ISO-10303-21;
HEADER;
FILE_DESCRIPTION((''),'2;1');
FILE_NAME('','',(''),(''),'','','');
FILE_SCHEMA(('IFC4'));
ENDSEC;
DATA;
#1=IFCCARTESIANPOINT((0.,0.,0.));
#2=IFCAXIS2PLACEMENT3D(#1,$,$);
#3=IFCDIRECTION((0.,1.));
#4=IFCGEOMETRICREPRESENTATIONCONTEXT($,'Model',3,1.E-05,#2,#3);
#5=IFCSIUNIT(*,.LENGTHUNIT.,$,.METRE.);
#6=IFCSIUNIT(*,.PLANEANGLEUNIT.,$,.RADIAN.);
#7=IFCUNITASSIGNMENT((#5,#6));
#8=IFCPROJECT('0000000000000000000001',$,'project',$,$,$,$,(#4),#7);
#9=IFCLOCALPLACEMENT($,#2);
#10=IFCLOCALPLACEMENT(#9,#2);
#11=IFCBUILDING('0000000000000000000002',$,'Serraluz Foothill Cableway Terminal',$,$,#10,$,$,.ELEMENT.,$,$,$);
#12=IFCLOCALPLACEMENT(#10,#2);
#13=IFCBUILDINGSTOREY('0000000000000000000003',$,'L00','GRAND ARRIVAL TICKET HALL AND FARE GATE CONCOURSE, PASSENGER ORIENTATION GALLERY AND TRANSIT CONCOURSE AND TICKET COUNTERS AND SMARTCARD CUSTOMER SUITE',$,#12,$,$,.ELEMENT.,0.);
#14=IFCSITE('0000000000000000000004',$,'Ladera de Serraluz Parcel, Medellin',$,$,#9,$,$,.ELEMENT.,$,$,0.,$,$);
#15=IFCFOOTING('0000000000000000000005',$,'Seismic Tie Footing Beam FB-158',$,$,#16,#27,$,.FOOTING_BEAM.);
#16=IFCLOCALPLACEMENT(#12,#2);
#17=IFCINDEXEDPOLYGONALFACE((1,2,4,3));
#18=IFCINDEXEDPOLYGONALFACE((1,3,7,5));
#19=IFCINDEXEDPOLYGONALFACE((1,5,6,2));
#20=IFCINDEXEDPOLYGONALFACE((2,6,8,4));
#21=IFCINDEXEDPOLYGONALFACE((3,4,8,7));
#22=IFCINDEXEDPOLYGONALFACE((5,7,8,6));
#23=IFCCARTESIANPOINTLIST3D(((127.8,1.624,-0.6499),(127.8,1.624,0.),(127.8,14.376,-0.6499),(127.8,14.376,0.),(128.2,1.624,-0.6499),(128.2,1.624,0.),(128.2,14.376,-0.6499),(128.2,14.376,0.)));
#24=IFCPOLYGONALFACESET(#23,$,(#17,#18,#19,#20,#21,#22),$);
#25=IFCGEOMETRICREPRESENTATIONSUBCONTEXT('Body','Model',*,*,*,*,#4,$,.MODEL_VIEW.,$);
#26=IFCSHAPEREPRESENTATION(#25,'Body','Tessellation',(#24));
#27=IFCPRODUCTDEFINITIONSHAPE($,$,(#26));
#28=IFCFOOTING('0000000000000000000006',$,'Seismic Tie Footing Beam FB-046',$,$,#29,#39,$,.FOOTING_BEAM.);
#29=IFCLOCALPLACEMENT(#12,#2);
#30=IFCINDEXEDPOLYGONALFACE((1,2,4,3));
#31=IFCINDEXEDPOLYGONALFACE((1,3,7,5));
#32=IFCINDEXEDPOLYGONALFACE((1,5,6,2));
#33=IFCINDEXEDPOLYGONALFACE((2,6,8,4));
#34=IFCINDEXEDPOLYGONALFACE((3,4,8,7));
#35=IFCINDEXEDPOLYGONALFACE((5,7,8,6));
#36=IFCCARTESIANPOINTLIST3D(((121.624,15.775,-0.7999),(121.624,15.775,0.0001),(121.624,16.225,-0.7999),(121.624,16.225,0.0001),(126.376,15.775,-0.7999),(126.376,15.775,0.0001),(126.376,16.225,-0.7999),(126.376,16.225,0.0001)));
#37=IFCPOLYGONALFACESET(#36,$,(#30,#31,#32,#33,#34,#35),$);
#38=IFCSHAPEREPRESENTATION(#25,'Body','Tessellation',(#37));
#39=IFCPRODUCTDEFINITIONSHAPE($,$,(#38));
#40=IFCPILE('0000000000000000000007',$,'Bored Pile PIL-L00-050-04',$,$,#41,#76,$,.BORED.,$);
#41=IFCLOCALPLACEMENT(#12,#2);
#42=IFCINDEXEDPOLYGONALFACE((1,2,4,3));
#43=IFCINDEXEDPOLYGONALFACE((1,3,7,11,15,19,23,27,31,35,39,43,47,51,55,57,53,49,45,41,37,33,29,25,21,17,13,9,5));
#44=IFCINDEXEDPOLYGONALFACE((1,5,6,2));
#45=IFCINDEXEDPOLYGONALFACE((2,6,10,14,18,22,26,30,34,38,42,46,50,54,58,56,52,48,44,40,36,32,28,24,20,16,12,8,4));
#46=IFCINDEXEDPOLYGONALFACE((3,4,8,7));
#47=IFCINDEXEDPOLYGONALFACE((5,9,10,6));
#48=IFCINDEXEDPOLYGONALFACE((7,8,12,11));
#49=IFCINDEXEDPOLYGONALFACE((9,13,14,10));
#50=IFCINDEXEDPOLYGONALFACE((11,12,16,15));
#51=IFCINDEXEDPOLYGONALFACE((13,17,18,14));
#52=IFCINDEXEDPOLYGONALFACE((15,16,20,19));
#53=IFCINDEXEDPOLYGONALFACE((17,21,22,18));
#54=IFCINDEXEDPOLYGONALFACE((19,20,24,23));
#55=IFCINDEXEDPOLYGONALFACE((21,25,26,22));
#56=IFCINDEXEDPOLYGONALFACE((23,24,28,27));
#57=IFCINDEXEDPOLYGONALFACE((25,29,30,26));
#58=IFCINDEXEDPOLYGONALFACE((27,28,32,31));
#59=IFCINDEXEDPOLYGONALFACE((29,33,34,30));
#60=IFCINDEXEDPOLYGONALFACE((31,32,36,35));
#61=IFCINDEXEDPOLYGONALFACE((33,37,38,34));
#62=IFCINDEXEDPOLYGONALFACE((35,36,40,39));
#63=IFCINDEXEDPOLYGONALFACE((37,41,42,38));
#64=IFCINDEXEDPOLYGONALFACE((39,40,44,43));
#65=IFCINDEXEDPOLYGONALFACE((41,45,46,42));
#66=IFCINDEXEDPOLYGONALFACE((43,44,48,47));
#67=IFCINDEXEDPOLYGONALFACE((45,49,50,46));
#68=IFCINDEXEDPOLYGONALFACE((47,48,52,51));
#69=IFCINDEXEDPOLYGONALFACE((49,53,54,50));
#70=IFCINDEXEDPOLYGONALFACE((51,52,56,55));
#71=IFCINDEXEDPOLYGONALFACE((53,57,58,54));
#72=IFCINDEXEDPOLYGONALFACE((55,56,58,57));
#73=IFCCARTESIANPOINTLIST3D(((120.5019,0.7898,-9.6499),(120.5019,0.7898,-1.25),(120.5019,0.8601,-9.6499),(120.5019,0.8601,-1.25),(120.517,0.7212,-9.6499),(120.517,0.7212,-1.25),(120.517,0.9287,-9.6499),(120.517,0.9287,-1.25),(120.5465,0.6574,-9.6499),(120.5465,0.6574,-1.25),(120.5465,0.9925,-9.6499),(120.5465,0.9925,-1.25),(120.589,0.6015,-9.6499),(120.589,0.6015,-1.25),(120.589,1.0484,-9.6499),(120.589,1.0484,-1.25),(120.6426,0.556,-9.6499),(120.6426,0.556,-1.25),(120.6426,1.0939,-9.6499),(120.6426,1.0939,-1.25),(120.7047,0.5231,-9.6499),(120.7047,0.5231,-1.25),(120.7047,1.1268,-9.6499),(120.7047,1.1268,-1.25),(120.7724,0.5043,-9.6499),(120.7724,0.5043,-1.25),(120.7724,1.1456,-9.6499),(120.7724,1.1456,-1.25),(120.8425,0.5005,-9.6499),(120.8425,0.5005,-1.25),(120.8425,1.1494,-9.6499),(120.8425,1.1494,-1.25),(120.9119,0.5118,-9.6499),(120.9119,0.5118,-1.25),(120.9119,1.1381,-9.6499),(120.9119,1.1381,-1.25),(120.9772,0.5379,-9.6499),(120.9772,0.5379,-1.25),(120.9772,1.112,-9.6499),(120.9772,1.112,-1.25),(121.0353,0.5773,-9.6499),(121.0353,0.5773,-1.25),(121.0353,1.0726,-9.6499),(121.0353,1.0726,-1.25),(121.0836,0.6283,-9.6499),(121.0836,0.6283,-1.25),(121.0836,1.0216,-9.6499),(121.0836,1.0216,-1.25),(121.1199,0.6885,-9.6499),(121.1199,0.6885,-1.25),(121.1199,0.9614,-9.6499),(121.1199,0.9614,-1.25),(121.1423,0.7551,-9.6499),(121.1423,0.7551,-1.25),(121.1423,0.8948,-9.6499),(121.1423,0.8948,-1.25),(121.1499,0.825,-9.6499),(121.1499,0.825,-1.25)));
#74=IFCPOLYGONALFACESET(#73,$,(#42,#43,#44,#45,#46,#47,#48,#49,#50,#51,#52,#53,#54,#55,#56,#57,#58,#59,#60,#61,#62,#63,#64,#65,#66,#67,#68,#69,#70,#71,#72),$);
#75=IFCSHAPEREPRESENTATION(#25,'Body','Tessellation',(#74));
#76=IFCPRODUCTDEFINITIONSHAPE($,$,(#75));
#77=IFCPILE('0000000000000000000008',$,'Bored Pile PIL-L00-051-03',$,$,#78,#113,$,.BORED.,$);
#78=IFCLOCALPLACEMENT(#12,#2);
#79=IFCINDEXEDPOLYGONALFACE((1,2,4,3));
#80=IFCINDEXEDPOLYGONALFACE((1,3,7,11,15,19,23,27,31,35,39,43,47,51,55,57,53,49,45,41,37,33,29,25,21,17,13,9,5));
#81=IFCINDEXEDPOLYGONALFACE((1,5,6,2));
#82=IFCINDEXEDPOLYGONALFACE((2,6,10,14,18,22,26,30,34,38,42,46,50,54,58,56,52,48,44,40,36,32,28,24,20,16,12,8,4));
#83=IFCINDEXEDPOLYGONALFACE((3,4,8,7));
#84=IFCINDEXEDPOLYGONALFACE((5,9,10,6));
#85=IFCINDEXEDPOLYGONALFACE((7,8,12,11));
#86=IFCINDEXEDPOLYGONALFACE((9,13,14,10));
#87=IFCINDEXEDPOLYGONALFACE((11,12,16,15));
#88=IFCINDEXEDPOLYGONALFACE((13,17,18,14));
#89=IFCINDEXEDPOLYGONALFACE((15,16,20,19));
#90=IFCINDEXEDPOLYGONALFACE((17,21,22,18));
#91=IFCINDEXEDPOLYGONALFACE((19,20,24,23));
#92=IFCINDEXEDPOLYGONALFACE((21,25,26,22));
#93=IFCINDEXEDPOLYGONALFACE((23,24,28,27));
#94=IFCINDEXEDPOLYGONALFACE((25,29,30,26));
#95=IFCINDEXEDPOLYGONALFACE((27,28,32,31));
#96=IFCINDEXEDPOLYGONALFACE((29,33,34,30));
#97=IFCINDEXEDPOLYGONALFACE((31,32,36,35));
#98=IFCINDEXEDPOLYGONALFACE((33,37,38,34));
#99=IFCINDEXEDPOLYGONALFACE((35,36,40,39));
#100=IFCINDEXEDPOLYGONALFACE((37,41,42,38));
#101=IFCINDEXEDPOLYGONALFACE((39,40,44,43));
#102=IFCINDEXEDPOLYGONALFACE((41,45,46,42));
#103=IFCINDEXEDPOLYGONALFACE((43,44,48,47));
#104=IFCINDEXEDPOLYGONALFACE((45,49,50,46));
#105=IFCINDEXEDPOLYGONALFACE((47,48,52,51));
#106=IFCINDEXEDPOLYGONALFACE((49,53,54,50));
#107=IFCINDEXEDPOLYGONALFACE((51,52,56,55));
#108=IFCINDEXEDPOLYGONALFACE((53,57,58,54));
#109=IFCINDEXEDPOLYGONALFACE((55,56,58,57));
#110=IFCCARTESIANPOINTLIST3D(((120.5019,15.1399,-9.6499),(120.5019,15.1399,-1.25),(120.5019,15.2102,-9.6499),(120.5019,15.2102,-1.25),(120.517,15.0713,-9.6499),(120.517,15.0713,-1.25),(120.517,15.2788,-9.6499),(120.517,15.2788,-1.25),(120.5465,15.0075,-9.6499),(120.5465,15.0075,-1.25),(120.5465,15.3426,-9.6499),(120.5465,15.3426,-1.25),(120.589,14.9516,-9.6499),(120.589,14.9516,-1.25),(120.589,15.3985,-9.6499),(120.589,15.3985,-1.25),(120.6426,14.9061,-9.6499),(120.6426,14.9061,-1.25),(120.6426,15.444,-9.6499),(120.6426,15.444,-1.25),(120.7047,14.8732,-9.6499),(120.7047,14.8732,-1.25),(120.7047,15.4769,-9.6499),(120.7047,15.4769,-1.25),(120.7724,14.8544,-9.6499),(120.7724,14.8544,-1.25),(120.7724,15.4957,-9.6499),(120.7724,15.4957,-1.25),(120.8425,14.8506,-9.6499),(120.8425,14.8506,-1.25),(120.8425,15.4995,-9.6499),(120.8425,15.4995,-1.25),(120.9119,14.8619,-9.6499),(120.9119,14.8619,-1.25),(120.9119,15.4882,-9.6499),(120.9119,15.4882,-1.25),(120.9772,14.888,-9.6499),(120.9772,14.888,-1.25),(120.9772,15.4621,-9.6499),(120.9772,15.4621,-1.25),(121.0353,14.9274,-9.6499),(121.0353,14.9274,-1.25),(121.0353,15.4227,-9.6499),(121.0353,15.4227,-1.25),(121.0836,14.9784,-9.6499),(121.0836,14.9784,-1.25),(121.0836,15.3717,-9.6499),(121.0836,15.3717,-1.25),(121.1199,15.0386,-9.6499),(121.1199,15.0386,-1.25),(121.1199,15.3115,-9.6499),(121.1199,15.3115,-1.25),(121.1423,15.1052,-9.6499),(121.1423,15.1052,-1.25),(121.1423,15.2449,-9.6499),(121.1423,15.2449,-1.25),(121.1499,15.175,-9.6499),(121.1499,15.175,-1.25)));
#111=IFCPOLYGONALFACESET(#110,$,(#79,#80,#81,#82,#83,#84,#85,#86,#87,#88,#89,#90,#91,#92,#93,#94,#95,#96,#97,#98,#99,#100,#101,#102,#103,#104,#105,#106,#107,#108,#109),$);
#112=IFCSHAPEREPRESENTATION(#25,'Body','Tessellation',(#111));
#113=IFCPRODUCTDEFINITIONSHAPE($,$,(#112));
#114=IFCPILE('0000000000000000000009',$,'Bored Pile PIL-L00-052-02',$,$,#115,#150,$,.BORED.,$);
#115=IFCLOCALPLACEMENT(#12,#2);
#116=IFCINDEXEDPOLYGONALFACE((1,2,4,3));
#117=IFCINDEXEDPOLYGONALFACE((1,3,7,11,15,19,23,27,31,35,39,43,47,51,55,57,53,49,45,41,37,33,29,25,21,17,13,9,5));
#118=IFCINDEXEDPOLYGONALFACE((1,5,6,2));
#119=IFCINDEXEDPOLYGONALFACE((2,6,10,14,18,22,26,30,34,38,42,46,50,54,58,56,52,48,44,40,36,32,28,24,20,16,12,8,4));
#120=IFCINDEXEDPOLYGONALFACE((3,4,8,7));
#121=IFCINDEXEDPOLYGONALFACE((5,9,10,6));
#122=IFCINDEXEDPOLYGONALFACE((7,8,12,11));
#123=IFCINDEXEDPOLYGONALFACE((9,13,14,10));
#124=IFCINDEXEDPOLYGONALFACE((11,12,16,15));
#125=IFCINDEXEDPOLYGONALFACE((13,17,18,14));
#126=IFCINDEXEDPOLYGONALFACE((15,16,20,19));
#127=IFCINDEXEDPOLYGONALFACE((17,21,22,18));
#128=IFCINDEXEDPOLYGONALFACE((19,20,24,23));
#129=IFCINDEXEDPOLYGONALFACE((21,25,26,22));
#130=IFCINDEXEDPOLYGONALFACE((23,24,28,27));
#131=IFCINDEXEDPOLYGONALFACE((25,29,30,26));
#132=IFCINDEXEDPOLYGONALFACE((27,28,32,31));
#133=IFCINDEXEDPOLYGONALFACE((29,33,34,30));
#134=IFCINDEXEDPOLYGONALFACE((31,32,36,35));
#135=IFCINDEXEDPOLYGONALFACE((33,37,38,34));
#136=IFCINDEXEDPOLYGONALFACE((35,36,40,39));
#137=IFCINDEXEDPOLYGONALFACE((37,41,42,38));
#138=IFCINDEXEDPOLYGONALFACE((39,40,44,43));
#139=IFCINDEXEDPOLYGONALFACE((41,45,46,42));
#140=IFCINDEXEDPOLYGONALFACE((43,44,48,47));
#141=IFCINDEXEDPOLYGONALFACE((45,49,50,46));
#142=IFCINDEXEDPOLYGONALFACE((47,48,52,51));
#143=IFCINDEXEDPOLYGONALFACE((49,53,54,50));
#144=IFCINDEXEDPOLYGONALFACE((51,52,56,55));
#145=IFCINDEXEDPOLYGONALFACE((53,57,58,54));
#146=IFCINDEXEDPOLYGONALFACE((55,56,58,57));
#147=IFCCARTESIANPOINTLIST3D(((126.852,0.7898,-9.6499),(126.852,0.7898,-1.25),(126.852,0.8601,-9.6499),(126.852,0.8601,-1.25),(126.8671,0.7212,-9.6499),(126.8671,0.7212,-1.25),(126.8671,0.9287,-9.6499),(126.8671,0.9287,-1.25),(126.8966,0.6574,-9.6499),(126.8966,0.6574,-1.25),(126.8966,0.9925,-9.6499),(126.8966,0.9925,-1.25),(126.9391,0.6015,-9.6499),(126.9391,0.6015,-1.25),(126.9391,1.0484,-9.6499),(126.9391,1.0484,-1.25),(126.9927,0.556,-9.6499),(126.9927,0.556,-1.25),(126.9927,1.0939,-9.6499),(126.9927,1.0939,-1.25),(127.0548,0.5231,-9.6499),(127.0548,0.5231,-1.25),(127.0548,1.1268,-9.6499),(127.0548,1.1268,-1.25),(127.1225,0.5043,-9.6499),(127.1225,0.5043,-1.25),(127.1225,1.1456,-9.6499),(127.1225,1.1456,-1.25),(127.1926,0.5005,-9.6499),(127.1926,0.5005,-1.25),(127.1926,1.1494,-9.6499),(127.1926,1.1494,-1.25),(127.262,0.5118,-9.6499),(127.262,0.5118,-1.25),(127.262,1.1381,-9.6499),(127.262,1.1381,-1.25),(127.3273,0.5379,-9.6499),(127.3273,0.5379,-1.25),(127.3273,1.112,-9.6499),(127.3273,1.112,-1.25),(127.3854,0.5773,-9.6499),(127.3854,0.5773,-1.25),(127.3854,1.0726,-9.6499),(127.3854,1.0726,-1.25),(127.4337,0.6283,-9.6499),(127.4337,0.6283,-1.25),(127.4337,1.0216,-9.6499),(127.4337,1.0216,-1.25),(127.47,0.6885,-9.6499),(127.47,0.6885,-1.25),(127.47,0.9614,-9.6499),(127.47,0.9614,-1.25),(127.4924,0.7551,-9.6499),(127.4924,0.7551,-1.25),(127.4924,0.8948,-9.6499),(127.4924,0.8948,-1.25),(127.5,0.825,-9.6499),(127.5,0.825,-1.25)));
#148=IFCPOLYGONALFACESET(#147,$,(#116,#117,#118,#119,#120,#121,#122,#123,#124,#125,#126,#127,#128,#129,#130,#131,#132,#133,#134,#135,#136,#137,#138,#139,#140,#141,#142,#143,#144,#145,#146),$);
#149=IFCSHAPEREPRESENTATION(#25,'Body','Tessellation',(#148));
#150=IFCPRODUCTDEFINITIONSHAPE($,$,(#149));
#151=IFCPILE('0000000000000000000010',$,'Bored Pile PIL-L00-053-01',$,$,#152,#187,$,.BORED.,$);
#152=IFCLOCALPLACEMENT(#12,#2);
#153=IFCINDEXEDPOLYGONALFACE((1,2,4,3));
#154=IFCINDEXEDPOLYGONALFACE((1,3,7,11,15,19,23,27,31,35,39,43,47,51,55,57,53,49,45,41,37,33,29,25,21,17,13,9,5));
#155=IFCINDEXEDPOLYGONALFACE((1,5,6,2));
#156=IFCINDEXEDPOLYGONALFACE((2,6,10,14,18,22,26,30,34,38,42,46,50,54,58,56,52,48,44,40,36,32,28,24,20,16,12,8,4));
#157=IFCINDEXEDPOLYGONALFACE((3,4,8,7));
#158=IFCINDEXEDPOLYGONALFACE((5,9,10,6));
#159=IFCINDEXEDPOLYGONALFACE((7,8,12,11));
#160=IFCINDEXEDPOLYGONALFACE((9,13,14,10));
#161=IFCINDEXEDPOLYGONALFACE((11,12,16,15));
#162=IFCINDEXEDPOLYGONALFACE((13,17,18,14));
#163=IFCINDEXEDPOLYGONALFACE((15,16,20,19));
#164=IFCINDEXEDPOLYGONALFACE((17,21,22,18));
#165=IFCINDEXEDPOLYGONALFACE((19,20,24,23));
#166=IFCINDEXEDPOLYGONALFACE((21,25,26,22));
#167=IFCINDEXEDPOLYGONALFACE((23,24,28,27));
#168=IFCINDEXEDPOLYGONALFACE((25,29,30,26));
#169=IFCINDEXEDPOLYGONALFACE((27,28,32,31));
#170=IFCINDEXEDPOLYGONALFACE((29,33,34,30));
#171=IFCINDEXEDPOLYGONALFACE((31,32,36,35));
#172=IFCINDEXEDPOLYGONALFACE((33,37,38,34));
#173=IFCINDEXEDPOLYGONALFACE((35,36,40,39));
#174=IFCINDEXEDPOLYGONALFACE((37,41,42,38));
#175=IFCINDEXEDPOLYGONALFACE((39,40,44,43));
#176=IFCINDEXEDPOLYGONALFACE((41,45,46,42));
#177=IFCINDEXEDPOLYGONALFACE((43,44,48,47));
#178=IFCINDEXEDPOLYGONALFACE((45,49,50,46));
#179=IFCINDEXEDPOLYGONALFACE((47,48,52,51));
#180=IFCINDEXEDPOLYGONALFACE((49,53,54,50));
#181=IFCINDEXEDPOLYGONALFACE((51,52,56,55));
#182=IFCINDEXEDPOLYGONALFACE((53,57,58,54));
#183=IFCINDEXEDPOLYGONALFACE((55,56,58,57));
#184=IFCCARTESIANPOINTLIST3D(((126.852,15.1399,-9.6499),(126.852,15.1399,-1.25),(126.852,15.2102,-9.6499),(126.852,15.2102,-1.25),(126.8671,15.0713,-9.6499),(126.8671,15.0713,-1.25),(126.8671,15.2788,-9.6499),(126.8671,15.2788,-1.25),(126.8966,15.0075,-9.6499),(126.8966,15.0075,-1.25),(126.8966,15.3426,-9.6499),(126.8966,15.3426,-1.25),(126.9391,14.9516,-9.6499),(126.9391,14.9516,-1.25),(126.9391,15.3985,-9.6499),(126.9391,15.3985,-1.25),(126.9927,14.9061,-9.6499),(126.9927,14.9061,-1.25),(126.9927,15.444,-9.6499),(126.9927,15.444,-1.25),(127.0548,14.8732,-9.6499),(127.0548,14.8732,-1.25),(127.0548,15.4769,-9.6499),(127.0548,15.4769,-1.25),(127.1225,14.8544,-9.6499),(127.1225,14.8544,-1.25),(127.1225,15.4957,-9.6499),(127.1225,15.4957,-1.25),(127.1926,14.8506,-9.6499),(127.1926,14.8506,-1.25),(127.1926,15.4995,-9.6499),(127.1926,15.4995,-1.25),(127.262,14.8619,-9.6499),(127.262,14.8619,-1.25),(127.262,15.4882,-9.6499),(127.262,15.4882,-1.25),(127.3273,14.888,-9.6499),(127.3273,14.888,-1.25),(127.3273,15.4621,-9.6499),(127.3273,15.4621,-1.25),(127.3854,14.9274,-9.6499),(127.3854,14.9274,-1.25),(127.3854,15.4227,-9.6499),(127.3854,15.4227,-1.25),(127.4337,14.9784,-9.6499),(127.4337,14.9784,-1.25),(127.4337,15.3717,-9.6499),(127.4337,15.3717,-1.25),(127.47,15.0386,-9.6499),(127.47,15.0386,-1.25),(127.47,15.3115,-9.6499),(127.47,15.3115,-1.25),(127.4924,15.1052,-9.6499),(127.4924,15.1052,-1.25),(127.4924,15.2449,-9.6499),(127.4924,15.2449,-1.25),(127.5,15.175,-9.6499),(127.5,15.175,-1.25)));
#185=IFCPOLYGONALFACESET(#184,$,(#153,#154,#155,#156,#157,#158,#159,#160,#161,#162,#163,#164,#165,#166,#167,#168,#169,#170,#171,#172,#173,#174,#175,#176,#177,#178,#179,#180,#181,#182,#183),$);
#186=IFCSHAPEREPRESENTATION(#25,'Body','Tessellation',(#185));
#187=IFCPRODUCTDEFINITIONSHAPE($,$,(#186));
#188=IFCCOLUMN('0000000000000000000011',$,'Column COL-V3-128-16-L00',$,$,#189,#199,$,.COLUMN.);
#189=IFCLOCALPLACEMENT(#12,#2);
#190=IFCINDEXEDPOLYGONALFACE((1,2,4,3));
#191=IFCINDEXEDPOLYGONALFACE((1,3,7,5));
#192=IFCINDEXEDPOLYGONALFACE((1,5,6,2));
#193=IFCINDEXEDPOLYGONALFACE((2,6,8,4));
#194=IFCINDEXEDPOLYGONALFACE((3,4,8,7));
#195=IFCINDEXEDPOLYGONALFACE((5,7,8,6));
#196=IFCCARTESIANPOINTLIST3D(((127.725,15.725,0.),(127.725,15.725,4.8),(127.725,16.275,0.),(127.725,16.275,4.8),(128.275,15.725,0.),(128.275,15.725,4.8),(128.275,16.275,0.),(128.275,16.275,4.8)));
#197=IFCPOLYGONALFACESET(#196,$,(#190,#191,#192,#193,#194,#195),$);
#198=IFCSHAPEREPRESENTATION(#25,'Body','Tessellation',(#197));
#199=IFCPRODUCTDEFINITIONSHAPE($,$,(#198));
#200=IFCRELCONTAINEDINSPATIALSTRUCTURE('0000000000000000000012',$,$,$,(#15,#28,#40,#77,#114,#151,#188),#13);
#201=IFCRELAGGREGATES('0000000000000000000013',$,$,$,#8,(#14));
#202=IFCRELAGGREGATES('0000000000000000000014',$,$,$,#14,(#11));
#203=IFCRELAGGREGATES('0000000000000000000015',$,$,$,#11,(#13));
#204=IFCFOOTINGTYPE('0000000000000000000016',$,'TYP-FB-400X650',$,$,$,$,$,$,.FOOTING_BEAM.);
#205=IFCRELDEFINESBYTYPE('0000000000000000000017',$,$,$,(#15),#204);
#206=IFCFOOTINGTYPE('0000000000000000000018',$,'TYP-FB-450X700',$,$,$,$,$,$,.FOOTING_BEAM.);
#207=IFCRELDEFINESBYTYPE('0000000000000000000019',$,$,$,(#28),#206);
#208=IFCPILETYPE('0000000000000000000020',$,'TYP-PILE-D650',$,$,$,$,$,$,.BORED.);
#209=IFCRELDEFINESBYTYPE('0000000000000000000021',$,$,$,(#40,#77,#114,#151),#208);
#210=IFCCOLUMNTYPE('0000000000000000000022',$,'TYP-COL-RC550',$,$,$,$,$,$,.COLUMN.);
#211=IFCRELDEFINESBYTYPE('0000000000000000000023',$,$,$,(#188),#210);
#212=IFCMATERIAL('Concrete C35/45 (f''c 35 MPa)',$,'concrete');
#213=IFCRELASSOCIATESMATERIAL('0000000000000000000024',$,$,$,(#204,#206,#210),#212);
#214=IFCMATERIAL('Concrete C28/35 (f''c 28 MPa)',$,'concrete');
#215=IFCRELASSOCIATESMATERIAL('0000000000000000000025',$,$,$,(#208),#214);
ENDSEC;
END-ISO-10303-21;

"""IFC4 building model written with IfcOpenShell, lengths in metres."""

from ifc_helpers import new_model, si_unit, direction, frame, origin, origin_2d, place, context, subcontext, project, spatial, rectangle, circle, extrude, material, material_profile, profile_set, type_object, element, save


model = new_model("IFC4")

# Units and contexts
model_context = context("Model", 3, precision=1e-05, world=origin(), true_north=direction((0.0, 1.0)))
body_context = subcontext(model_context, "Body", "Model", "MODEL_VIEW")
ifc_project = project(units=[si_unit("LENGTHUNIT", "METRE"), si_unit("PLANEANGLEUNIT", "RADIAN")], contexts=[model_context])

# Site, building, storey
site_placement = place(None, origin())
site = spatial("IfcSite", under=ifc_project, at=site_placement, Name="Ladera de Serraluz Parcel, Medellin", CompositionType="ELEMENT", RefElevation=0.0)
building_placement = place(site_placement, origin())
building = spatial("IfcBuilding", under=site, at=building_placement, Name="Serraluz Foothill Cableway Terminal", CompositionType="ELEMENT")
storey_placement = place(building_placement, origin())
storey = spatial("IfcBuildingStorey", under=building, at=storey_placement, Name="L00", Description="GRAND ARRIVAL TICKET HALL AND FARE GATE CONCOURSE, PASSENGER ORIENTATION GALLERY AND TRANSIT CONCOURSE AND TICKET COUNTERS AND SMARTCARD CUSTOMER SUITE", CompositionType="ELEMENT", Elevation=0.0)

# Footings
ifc_material_1 = material(Name="Concrete C35/45 (f'c 35 MPa)", Category="concrete")
ifc_material_profile_1 = material_profile(ifc_material_1, rectangle(XDim=0.3999, YDim=0.6499, at=origin_2d()), Name="RC 400x650")
ifc_profile_set_1 = profile_set([ifc_material_profile_1], Name="Concrete C35/45 (f'c 35 MPa)")
footing_type_1 = type_object("IfcFootingType", Name="TYP-FB-400X650", PredefinedType="FOOTING_BEAM", material=ifc_profile_set_1)
footing_1_placement = place(storey_placement, frame((128.0, 1.624, -0.325), z_axis=(0.0, 1.0, 0.0), x_axis=(-1.0, 0.0, 0.0)))
element("IfcFooting", 1, at=footing_1_placement, inside=storey, type_object=footing_type_1, Name="Seismic Tie Footing Beam FB-158", PredefinedType="FOOTING_BEAM", context=body_context, shape_type="SweptSolid", body=[
    extrude(rectangle(XDim=0.3999, YDim=0.6499, at=origin_2d()), origin(), (0.0, 0.0, 1.0), 12.752),
])
ifc_material_profile_2 = material_profile(ifc_material_1, rectangle(XDim=0.45, YDim=0.8, at=origin_2d()), Name="RC 450x800")
ifc_profile_set_2 = profile_set([ifc_material_profile_2], Name="Concrete C35/45 (f'c 35 MPa)")
footing_type_2 = type_object("IfcFootingType", Name="TYP-FB-450X700", PredefinedType="FOOTING_BEAM", material=ifc_profile_set_2)
footing_2_placement = place(storey_placement, frame((121.624, 16.0, -0.3999), z_axis=(1.0, 0.0, 0.0), x_axis=(0.0, 1.0, 0.0)))
element("IfcFooting", 2, at=footing_2_placement, inside=storey, type_object=footing_type_2, Name="Seismic Tie Footing Beam FB-046", PredefinedType="FOOTING_BEAM", context=body_context, shape_type="SweptSolid", body=[
    extrude(rectangle(XDim=0.45, YDim=0.8, at=origin_2d()), origin(), (0.0, 0.0, 1.0), 4.752),
])

# Piles
ifc_material_2 = material(Name="Concrete C28/35 (f'c 28 MPa)", Category="concrete")
ifc_material_profile_3 = material_profile(ifc_material_2, circle(Radius=0.325, at=origin_2d()), Name="BORED PILE D650")
ifc_profile_set_3 = profile_set([ifc_material_profile_3], Name="Concrete C28/35 (f'c 28 MPa)")
pile_type = type_object("IfcPileType", Name="TYP-PILE-D650", PredefinedType="BORED", material=ifc_profile_set_3)
for number, where, z_axis, x_axis, name in (
    (3, (120.825, 0.825, -1.25), (0.0, 0.0, -1.0), (1.0, 0.0, 0.0), "Bored Pile PIL-L00-050-04"),
    (4, (120.825, 15.175, -1.25), (0.0, 0.0, -1.0), (1.0, 0.0, 0.0), "Bored Pile PIL-L00-051-03"),
    (5, (127.175, 0.825, -1.25), (0.0, 0.0, -1.0), (1.0, 0.0, 0.0), "Bored Pile PIL-L00-052-02"),
    (6, (127.175, 15.175, -1.25), (0.0, 0.0, -1.0), (1.0, 0.0, 0.0), "Bored Pile PIL-L00-053-01"),
):
    element("IfcPile", number, at=place(storey_placement, frame(where, z_axis=z_axis, x_axis=x_axis)), inside=storey, type_object=pile_type, Name=name, PredefinedType="BORED", context=body_context, shape_type="SweptSolid", body=[
        extrude(circle(Radius=0.325, at=origin_2d()), origin(), (0.0, 0.0, 1.0), 8.3999),
    ])

# Column
ifc_material_profile_4 = material_profile(ifc_material_1, rectangle(XDim=0.55, YDim=0.55, at=origin_2d()), Name="RC 550x550")
ifc_profile_set_4 = profile_set([ifc_material_profile_4], Name="Concrete C35/45 (f'c 35 MPa)")
column_type = type_object("IfcColumnType", Name="TYP-COL-RC550", PredefinedType="COLUMN", material=ifc_profile_set_4)
column_placement = place(storey_placement, frame((128.0, 16.0, 0.0), z_axis=(0.0, 0.0, 1.0), x_axis=(1.0, 0.0, 0.0)))
element("IfcColumn", 7, at=column_placement, inside=storey, type_object=column_type, Name="Column COL-V3-128-16-L00", PredefinedType="COLUMN", context=body_context, shape_type="SweptSolid", body=[
    extrude(rectangle(XDim=0.55, YDim=0.55, at=origin_2d()), origin(), (0.0, 0.0, 1.0), 4.8),
])

save(model, "model.ifc")
